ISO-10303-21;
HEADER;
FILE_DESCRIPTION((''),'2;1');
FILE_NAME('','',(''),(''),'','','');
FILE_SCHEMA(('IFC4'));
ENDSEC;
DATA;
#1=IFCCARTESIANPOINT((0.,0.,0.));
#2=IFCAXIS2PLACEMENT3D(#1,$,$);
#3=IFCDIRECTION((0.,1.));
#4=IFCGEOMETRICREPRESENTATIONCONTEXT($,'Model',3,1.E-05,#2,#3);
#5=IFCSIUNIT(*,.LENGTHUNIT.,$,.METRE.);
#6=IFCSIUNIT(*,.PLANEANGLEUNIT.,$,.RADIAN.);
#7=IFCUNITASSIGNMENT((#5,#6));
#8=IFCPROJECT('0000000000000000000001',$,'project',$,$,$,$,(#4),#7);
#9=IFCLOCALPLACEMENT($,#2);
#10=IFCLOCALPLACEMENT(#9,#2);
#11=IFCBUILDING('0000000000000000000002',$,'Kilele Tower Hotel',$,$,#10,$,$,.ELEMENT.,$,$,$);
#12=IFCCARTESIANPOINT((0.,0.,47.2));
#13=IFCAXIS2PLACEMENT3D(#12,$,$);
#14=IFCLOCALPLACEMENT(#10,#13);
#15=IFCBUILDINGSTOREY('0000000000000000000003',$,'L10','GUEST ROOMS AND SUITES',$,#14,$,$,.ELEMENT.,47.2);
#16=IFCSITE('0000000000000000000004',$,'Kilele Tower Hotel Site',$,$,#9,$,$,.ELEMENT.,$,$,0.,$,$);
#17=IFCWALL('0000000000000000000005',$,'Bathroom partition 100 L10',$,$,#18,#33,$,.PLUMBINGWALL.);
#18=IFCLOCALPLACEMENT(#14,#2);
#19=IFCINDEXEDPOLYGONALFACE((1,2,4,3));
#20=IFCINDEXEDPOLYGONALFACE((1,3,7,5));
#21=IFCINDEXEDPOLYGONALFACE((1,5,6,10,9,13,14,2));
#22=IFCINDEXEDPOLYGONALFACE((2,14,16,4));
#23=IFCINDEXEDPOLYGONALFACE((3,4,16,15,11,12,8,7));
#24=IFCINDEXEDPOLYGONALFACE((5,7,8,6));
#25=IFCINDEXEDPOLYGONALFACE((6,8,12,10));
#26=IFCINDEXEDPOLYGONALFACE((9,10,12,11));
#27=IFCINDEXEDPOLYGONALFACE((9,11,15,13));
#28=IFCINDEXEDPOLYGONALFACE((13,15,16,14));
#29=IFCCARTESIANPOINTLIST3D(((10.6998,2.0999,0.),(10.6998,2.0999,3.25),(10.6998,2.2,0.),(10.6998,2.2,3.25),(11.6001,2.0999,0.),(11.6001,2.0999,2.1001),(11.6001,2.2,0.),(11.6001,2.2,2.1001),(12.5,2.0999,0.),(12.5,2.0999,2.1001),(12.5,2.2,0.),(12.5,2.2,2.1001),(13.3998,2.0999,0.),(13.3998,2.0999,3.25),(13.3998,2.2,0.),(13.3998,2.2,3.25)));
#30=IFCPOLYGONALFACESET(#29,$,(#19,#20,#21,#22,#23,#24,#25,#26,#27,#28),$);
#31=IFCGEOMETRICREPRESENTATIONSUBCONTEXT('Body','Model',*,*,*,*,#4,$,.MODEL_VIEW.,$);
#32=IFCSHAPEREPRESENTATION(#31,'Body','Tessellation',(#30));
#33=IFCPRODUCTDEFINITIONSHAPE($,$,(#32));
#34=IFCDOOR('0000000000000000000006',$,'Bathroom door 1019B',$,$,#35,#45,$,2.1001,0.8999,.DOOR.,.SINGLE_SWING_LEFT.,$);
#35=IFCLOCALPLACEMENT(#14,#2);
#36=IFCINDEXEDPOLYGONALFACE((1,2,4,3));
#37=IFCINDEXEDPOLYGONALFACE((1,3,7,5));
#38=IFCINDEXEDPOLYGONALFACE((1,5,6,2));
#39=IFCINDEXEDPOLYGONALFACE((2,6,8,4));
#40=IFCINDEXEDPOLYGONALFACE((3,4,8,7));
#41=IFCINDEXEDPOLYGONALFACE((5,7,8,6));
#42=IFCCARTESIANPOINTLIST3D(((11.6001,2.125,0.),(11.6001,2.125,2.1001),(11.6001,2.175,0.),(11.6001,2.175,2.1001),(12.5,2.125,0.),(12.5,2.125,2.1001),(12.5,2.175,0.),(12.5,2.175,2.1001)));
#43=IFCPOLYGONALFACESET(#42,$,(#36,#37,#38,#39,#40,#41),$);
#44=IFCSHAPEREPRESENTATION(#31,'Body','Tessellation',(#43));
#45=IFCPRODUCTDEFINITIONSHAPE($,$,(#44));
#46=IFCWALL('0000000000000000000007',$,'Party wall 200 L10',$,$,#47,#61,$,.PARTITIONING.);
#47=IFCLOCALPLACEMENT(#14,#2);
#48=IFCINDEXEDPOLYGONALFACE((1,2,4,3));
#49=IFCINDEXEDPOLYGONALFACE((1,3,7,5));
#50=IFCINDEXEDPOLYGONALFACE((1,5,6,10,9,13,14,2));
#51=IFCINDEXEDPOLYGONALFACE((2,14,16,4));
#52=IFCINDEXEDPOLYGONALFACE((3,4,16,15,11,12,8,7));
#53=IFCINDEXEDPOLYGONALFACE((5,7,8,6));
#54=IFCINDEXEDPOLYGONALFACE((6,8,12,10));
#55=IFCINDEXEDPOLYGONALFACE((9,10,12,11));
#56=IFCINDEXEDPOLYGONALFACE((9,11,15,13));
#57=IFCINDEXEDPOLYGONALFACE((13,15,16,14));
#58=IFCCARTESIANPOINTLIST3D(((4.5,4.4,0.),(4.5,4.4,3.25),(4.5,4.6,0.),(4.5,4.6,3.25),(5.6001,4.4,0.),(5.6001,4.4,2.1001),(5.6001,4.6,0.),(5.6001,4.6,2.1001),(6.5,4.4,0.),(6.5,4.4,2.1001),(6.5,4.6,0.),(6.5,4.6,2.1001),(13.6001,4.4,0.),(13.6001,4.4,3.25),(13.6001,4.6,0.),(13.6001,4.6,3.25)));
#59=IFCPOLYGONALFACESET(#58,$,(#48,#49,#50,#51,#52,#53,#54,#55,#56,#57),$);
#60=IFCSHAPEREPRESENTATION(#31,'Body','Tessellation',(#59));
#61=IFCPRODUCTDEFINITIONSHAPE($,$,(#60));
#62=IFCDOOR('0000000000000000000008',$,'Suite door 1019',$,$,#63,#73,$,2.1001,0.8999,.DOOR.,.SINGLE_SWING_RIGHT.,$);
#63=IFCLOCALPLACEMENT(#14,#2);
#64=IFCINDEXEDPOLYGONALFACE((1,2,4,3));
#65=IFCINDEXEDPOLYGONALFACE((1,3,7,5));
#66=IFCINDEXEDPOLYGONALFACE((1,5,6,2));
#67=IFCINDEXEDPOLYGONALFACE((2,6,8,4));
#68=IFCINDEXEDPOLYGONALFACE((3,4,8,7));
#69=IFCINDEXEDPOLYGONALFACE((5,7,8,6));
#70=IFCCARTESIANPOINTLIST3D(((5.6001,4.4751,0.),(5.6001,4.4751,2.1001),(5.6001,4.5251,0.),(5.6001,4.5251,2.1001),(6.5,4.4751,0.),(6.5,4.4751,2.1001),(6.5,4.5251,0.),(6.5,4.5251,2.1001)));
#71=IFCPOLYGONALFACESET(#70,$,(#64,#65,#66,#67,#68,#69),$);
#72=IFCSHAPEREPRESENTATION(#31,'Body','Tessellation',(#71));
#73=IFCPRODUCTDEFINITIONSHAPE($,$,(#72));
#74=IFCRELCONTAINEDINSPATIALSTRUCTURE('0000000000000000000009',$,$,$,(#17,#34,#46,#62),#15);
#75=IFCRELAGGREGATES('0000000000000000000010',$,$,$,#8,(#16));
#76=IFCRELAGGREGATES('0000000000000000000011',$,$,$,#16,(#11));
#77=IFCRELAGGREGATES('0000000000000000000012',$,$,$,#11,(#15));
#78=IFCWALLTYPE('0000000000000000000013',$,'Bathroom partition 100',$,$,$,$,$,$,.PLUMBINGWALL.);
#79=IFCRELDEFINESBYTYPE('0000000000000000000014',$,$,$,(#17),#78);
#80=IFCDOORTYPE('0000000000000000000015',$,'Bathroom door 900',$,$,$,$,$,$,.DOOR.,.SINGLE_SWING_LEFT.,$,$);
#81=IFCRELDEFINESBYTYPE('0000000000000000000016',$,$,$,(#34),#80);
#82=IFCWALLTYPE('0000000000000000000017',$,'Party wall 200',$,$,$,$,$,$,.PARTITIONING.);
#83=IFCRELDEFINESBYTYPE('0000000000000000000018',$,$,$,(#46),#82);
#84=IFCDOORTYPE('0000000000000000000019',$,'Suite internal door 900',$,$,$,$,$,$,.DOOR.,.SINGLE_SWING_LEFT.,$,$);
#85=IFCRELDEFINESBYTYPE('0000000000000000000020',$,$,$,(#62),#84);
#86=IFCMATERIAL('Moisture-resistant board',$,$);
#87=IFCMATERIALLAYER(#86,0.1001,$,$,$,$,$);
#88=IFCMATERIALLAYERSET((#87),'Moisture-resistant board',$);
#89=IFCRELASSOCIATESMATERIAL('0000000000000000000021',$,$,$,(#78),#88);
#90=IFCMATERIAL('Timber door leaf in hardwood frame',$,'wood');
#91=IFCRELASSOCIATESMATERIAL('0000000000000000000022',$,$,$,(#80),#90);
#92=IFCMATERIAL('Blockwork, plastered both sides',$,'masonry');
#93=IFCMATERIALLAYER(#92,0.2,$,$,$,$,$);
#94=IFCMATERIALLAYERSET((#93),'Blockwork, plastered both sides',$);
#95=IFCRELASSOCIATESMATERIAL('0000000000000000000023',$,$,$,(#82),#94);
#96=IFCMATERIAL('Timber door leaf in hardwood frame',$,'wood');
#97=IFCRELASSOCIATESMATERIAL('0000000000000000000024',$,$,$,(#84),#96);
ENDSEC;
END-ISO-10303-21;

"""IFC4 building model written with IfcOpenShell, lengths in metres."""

from ifc_helpers import new_model, si_unit, direction, frame, frame_2d, origin, place, context, subcontext, project, spatial, rectangle, extrude, material, layer, layer_set, type_object, element, fill, save


model = new_model("IFC4")

# Units and contexts
model_context = context("Model", 3, precision=1e-05, world=origin(), true_north=direction((0.0, 1.0)))
body_context = subcontext(model_context, "Body", "Model", "MODEL_VIEW")
ifc_project = project(units=[si_unit("LENGTHUNIT", "METRE"), si_unit("PLANEANGLEUNIT", "RADIAN")], contexts=[model_context])

# Site, building, storey
site_placement = place(None, origin())
site = spatial("IfcSite", under=ifc_project, at=site_placement, Name="Kilele Tower Hotel Site", CompositionType="ELEMENT", RefElevation=0.0)
building_placement = place(site_placement, origin())
building = spatial("IfcBuilding", under=site, at=building_placement, Name="Kilele Tower Hotel", CompositionType="ELEMENT")
storey_placement = place(building_placement, frame((0.0, 0.0, 47.2)))
storey = spatial("IfcBuildingStorey", under=building, at=storey_placement, Name="L10", Description="GUEST ROOMS AND SUITES", CompositionType="ELEMENT", Elevation=47.2)

# Shared definitions
ifc_material_1 = material(Name="Moisture-resistant board")
ifc_layer_1 = layer(ifc_material_1, 0.1001)
ifc_layer_set_1 = layer_set([ifc_layer_1], Name="Moisture-resistant board")
wall_type_1 = type_object("IfcWallType", Name="Bathroom partition 100", PredefinedType="PLUMBINGWALL", material=ifc_layer_set_1)

# Shared definitions
ifc_material_2 = material(Name="Timber door leaf in hardwood frame", Category="wood")
door_type_1 = type_object("IfcDoorType", Name="Bathroom door 900", OperationType="SINGLE_SWING_LEFT", PredefinedType="DOOR", material=ifc_material_2)

# Walls, openings, doors
wall_1_placement = place(storey_placement, frame((13.3999, 2.1499, 0.0), z_axis=(0.0, 0.0, 1.0), x_axis=(-1.0, 0.0, 0.0)))
wall_1 = element("IfcWall", 1, at=wall_1_placement, inside=storey, type_object=wall_type_1, Name="Bathroom partition 100 L10", PredefinedType="PLUMBINGWALL", context=body_context, shape_type="SweptSolid", body=[
    extrude(rectangle(XDim=2.7, YDim=0.1001, at=frame_2d((1.3501, 0.0))), origin(), (0.0, 0.0, 1.0), 3.25),
])
opening_1_placement = place(wall_1_placement, frame((0.8999, 0.0, 0.0)))
opening_1 = element("IfcOpeningElement", 2, at=opening_1_placement, cuts=wall_1, PredefinedType="OPENING", context=body_context, shape_type="SweptSolid", body=[
    extrude(rectangle(XDim=0.8999, YDim=2.1001, at=frame_2d((0.45, 1.05))), frame((0.0, 0.0601, 0.0), z_axis=(0.0, -1.0, 0.0), x_axis=(1.0, 0.0, 0.0)), (0.0, 0.0, 1.0), 0.1201),
])
door_1_placement = place(opening_1_placement, origin())
door_1 = element("IfcDoor", 3, at=door_1_placement, inside=storey, type_object=door_type_1, Name="Bathroom door 1019B", OperationType="SINGLE_SWING_LEFT", OverallHeight=2.1001, OverallWidth=0.8999, PredefinedType="DOOR", context=body_context, shape_type="SweptSolid", body=[
    extrude(rectangle(XDim=0.8999, YDim=2.1001, at=frame_2d((0.45, 1.05))), frame((0.0, 0.0249, 0.0), z_axis=(0.0, -1.0, 0.0), x_axis=(1.0, 0.0, 0.0)), (0.0, 0.0, 1.0), 0.05),
])
fill(opening_1, door_1)
ifc_material_3 = material(Name="Blockwork, plastered both sides", Category="masonry")
ifc_layer_2 = layer(ifc_material_3, 0.2)
ifc_layer_set_2 = layer_set([ifc_layer_2], Name="Blockwork, plastered both sides")
wall_type_2 = type_object("IfcWallType", Name="Party wall 200", PredefinedType="PARTITIONING", material=ifc_layer_set_2)
wall_2_placement = place(storey_placement, frame((13.6001, 4.5, 0.0), z_axis=(0.0, 0.0, 1.0), x_axis=(-1.0, 0.0, 0.0)))
wall_2 = element("IfcWall", 4, at=wall_2_placement, inside=storey, type_object=wall_type_2, Name="Party wall 200 L10", PredefinedType="PARTITIONING", context=body_context, shape_type="SweptSolid", body=[
    extrude(rectangle(XDim=9.1001, YDim=0.2, at=frame_2d((4.55, 0.0))), origin(), (0.0, 0.0, 1.0), 3.25),
])
opening_2_placement = place(wall_2_placement, frame((7.1001, 0.0, 0.0)))
opening_2 = element("IfcOpeningElement", 5, at=opening_2_placement, cuts=wall_2, PredefinedType="OPENING", context=body_context, shape_type="SweptSolid", body=[
    extrude(rectangle(XDim=0.8999, YDim=2.1001, at=frame_2d((0.45, 1.05))), frame((0.0, 0.1099, 0.0), z_axis=(0.0, -1.0, 0.0), x_axis=(1.0, 0.0, 0.0)), (0.0, 0.0, 1.0), 0.22),
])
ifc_material_4 = material(Name="Timber door leaf in hardwood frame", Category="wood")
door_type_2 = type_object("IfcDoorType", Name="Suite internal door 900", OperationType="SINGLE_SWING_LEFT", PredefinedType="DOOR", material=ifc_material_4)
door_2_placement = place(opening_2_placement, origin())
door_2 = element("IfcDoor", 6, at=door_2_placement, inside=storey, type_object=door_type_2, Name="Suite door 1019", OperationType="SINGLE_SWING_RIGHT", OverallHeight=2.1001, OverallWidth=0.8999, PredefinedType="DOOR", context=body_context, shape_type="SweptSolid", body=[
    extrude(rectangle(XDim=0.8999, YDim=2.1001, at=frame_2d((0.45, 1.05))), frame((0.0, 0.0249, 0.0), z_axis=(0.0, -1.0, 0.0), x_axis=(1.0, 0.0, 0.0)), (0.0, 0.0, 1.0), 0.05),
])
fill(opening_2, door_2)

save(model, "model.ifc")
